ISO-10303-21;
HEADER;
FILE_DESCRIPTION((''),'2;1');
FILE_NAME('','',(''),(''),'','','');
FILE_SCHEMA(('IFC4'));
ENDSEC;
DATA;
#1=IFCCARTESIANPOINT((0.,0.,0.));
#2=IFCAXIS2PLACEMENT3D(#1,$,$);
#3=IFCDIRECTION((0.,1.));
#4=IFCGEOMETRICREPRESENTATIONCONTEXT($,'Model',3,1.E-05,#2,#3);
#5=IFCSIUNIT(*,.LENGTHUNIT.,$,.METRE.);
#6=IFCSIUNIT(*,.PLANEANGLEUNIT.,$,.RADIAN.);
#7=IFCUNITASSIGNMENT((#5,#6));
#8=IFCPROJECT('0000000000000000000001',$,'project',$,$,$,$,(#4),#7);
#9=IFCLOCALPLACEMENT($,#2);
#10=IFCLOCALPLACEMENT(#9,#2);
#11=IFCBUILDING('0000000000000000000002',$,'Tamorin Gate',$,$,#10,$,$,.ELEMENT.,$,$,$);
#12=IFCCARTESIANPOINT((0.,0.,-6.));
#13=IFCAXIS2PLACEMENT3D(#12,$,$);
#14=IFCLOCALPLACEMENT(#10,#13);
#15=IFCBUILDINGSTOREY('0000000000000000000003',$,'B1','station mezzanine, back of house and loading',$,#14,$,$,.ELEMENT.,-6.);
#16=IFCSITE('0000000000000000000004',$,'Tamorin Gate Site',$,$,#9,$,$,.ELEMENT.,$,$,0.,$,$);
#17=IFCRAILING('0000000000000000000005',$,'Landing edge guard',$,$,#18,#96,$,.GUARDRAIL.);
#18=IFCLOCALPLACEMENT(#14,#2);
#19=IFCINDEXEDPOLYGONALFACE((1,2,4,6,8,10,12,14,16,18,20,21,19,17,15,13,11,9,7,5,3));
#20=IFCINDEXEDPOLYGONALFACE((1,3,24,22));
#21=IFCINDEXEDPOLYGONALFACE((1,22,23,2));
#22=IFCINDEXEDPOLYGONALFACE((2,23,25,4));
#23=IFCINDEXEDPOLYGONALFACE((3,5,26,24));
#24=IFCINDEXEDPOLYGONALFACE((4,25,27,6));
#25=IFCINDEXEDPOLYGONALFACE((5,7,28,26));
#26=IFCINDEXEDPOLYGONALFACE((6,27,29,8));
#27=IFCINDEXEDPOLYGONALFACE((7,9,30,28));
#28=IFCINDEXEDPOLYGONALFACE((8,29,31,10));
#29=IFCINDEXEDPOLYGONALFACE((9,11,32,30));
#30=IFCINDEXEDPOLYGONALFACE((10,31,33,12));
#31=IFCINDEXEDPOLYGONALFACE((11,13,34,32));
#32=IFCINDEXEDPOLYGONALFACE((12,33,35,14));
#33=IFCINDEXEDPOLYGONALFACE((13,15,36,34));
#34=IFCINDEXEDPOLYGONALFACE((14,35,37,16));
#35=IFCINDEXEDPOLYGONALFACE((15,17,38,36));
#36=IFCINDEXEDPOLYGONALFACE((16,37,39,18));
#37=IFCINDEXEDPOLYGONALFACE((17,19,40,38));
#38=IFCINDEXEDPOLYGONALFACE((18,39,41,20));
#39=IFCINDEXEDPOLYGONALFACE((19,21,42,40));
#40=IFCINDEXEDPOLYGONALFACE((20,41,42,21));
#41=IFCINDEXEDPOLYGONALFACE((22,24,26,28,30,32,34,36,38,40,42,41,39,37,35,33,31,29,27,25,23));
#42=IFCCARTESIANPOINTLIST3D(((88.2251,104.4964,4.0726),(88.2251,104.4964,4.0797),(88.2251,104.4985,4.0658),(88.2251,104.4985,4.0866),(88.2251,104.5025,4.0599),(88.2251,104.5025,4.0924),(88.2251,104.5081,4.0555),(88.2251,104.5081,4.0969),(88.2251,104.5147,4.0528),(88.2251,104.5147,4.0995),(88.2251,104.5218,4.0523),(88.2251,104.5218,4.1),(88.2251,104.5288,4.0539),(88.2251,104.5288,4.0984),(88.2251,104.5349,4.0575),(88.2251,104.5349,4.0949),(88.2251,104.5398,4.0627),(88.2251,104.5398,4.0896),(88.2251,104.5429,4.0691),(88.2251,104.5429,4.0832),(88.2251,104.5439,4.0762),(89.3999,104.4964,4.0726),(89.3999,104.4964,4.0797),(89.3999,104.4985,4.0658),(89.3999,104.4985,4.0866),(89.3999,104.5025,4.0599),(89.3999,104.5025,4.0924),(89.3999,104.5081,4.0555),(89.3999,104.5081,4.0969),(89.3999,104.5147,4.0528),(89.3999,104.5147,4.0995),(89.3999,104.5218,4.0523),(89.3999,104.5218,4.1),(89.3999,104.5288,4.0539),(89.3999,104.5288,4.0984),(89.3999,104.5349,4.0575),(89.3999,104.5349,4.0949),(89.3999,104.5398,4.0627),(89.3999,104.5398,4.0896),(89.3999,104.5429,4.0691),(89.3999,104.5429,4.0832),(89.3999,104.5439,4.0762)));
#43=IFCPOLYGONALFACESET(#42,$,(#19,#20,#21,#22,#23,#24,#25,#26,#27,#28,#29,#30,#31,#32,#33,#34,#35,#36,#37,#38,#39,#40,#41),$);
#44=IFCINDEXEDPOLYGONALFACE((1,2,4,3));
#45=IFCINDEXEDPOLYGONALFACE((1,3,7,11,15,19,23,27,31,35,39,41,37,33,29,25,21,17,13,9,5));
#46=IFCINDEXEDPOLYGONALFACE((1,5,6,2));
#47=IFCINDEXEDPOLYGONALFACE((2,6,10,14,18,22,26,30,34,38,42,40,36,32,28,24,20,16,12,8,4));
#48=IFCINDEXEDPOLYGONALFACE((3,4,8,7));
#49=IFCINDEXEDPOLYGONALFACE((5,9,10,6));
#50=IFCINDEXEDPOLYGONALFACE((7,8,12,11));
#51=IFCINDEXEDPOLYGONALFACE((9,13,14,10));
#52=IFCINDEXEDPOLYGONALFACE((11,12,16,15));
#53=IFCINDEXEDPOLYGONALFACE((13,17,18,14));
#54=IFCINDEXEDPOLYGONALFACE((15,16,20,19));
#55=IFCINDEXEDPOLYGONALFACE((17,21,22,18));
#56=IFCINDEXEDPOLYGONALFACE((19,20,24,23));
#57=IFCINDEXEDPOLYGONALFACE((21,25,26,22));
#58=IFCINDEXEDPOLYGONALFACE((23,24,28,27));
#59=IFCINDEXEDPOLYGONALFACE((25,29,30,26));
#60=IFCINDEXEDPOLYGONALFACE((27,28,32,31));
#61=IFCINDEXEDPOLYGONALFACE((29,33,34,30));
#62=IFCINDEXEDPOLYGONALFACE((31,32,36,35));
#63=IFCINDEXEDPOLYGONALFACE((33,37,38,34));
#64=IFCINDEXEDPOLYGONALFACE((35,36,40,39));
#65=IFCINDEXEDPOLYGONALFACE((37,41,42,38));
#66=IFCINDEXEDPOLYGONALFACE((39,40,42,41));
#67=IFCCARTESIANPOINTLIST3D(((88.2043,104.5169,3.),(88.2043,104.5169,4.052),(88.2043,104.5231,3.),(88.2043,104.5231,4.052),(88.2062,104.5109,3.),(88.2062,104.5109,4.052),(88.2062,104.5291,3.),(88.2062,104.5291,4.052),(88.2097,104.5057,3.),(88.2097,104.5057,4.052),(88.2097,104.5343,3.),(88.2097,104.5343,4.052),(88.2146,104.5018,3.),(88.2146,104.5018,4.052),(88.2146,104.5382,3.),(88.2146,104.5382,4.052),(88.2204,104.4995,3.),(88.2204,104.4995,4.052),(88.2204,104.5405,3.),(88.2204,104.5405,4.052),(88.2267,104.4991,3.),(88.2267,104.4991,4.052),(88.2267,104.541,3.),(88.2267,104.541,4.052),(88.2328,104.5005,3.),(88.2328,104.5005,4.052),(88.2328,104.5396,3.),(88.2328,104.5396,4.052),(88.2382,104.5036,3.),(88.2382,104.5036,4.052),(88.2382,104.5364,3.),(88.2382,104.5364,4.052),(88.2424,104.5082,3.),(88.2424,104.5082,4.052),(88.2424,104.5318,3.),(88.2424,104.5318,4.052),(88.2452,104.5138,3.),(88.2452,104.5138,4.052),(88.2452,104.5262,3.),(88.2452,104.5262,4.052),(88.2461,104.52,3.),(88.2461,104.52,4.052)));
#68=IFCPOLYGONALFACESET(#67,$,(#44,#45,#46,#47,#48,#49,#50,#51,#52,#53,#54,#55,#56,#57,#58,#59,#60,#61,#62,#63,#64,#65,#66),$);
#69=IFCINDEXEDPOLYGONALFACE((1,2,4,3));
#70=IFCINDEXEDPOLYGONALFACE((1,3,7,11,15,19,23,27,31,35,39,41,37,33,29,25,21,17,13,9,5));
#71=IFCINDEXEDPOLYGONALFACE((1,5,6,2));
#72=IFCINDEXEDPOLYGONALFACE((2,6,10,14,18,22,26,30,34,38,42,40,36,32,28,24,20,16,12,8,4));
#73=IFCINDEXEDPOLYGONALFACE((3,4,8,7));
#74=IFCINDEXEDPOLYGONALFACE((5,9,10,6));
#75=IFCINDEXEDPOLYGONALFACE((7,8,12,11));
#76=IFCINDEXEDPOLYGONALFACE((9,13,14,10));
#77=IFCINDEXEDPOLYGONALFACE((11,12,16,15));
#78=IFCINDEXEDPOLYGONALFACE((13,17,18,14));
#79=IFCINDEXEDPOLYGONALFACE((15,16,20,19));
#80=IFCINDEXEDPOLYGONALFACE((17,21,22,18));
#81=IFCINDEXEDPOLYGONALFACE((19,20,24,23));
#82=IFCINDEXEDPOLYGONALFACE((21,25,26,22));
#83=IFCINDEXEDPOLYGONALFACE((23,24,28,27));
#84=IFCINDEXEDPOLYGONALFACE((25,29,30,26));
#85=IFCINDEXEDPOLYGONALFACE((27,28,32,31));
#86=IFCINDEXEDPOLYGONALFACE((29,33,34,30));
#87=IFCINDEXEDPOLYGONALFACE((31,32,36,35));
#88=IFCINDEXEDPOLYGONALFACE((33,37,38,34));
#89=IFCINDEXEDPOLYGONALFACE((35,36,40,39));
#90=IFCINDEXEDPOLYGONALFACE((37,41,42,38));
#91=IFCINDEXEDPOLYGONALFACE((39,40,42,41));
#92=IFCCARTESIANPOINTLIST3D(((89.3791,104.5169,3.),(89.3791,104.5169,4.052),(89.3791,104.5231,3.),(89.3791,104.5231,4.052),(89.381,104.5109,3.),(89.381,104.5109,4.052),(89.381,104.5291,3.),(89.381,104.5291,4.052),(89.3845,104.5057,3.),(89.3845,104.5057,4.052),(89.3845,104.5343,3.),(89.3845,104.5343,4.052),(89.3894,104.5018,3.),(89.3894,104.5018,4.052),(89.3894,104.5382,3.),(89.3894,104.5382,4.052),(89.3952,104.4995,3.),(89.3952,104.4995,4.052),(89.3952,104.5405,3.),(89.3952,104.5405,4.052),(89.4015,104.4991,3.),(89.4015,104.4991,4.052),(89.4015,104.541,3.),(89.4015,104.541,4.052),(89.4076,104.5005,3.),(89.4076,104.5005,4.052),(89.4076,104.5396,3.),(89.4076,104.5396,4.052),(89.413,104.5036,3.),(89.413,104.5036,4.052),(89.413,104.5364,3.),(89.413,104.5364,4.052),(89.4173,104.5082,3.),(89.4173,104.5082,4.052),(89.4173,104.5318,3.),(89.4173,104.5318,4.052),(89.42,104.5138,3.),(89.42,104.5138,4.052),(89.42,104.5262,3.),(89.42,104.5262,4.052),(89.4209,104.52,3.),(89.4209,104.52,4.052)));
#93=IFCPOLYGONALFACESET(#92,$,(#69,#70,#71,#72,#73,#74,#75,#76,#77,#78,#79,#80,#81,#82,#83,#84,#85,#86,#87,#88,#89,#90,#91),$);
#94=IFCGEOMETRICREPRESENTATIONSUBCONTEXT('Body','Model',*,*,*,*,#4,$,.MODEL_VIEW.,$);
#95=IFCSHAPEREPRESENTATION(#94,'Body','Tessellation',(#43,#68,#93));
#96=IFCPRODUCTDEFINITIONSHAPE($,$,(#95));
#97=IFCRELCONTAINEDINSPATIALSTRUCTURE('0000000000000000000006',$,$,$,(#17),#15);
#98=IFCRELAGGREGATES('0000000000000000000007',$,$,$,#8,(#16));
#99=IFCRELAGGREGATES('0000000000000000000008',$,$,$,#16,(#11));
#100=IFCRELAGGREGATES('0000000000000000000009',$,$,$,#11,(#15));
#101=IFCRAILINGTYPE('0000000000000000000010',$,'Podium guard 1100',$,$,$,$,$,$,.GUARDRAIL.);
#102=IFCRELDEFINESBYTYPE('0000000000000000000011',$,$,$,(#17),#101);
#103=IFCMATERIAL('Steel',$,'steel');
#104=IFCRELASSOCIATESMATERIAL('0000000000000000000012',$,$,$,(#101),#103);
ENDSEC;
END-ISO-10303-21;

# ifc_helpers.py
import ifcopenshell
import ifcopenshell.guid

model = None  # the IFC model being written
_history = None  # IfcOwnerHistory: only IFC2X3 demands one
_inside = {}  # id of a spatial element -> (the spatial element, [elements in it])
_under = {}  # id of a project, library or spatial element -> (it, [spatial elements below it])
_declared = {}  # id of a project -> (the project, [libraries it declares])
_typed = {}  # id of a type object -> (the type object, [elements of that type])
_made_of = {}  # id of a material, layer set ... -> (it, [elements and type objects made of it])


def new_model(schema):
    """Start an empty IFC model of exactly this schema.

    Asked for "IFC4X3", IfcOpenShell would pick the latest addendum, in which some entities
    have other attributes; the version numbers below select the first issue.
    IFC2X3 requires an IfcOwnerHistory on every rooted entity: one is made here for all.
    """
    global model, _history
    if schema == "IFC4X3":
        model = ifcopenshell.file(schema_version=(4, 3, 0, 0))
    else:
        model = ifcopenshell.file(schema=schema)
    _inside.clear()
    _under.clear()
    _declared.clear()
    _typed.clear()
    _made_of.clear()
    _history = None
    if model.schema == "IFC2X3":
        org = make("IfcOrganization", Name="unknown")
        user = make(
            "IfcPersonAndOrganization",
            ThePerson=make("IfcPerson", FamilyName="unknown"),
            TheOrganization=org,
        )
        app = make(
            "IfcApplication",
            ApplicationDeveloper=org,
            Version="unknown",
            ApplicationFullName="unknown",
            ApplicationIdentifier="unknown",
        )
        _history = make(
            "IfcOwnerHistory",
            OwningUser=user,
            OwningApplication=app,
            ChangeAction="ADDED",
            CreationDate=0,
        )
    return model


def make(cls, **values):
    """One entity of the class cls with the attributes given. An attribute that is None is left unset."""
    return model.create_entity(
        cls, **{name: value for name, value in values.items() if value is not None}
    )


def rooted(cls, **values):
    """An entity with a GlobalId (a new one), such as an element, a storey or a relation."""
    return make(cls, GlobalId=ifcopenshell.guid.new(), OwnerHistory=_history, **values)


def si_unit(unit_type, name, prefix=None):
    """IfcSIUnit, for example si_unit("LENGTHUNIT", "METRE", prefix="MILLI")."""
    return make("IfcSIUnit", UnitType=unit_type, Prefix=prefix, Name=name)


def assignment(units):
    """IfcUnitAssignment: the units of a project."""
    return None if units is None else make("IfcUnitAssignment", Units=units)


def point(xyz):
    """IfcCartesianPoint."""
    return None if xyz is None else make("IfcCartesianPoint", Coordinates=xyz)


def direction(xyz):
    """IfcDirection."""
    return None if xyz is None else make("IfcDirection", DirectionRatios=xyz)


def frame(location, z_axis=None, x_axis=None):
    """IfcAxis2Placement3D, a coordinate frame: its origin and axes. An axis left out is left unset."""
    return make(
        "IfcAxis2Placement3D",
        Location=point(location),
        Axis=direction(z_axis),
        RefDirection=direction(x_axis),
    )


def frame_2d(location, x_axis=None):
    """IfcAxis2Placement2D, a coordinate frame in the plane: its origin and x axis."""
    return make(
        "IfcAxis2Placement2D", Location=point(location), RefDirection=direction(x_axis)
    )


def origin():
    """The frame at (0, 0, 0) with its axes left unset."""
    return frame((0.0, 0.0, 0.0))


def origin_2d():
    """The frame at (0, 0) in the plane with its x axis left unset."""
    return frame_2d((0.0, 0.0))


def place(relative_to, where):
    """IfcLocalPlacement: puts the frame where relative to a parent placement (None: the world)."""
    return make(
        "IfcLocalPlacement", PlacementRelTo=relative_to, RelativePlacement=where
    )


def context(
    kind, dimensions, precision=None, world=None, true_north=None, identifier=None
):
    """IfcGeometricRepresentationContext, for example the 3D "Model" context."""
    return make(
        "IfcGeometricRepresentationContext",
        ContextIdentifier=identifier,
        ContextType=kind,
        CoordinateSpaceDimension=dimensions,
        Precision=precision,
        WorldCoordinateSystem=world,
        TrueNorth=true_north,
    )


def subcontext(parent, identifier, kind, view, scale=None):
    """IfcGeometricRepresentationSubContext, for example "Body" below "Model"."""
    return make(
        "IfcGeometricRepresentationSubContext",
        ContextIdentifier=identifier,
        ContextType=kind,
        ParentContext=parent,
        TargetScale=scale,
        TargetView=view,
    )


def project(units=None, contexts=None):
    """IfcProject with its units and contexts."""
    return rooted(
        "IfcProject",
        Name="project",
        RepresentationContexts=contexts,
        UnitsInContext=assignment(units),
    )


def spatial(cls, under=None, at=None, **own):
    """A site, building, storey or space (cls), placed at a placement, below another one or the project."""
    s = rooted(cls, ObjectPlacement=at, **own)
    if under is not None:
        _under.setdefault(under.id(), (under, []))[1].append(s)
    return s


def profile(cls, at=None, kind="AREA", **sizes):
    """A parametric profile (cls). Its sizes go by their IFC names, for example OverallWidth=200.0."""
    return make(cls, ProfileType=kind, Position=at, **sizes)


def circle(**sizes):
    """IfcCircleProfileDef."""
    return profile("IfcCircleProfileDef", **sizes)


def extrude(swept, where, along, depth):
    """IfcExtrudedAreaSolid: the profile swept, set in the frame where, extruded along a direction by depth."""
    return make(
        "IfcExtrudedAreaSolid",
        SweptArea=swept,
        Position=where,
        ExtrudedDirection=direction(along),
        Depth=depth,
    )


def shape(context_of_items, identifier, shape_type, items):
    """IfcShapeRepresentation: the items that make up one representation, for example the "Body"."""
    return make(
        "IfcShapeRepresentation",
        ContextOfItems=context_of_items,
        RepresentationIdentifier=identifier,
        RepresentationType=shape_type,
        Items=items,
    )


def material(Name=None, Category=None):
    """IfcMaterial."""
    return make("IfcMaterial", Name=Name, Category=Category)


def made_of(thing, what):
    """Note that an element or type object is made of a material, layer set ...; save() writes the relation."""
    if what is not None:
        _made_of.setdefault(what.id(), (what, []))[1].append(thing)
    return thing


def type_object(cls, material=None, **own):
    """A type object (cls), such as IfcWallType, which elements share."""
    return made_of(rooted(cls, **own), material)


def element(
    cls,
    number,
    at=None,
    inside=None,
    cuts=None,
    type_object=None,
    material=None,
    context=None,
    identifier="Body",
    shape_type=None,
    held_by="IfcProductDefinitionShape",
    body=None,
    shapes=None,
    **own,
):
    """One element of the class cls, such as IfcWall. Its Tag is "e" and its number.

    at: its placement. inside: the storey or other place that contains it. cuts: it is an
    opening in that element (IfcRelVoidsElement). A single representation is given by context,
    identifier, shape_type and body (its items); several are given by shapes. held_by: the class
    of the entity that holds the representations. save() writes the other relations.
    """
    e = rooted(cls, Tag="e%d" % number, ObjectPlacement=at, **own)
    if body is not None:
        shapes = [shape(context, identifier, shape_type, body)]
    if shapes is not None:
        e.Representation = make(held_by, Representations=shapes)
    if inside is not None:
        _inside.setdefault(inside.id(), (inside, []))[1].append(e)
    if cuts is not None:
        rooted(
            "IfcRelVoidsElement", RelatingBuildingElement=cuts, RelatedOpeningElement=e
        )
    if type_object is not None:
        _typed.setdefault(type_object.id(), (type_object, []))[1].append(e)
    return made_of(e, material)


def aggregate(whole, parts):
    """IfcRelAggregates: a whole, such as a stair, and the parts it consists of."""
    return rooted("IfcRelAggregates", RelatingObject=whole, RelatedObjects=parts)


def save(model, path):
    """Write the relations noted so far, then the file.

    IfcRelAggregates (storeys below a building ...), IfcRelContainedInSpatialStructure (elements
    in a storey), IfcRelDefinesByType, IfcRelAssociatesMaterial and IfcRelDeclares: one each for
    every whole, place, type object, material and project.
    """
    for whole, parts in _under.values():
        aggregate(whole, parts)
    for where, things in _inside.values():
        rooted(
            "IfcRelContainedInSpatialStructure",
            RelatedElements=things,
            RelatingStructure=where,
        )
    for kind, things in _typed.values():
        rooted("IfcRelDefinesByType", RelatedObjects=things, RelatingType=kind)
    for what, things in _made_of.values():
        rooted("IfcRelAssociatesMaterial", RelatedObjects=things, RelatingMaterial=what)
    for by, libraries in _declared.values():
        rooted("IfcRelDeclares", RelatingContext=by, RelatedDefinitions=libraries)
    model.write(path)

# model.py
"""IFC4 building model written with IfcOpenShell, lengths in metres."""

from ifc_helpers import new_model, si_unit, direction, frame, origin, origin_2d, place, context, subcontext, project, spatial, circle, extrude, material, type_object, element, save


model = new_model("IFC4")

# Units and contexts
model_context = context("Model", 3, precision=1e-05, world=origin(), true_north=direction((0.0, 1.0)))
body_context = subcontext(model_context, "Body", "Model", "MODEL_VIEW")
ifc_project = project(units=[si_unit("LENGTHUNIT", "METRE"), si_unit("PLANEANGLEUNIT", "RADIAN")], contexts=[model_context])

# Site, building, storey
site_placement = place(None, origin())
site = spatial("IfcSite", under=ifc_project, at=site_placement, Name="Tamorin Gate Site", CompositionType="ELEMENT", RefElevation=0.0)
building_placement = place(site_placement, origin())
building = spatial("IfcBuilding", under=site, at=building_placement, Name="Tamorin Gate", CompositionType="ELEMENT")
storey_placement = place(building_placement, frame((0.0, 0.0, -6.0)))
storey = spatial("IfcBuildingStorey", under=building, at=storey_placement, Name="B1", Description="station mezzanine, back of house and loading", CompositionType="ELEMENT", Elevation=-6.0)

# Railing
ifc_material_1 = material(Name="Steel", Category="steel")
railing_type_1 = type_object("IfcRailingType", Name="Podium guard 1100", PredefinedType="GUARDRAIL", material=ifc_material_1)
for number, where, name in (
    (1, (88.2251, 104.52, 3.0), "Landing edge guard"),
):
    element("IfcRailing", number, at=place(storey_placement, frame(where)), inside=storey, type_object=railing_type_1, Name=name, PredefinedType="GUARDRAIL", context=body_context, shape_type="SweptSolid", body=[
        extrude(circle(Radius=0.0239, at=origin_2d()), frame((0.0, 0.0, 1.0762), z_axis=(1.0, 0.0, 0.0), x_axis=(0.0, 1.0, 0.0)), (0.0, 0.0, 1.0), 1.1748),
        extrude(circle(Radius=0.021, at=origin_2d()), origin(), (0.0, 0.0, 1.0), 1.052),
        extrude(circle(Radius=0.021, at=origin_2d()), frame((1.1748, 0.0, 0.0)), (0.0, 0.0, 1.0), 1.052),
    ])

save(model, "model.ifc")
